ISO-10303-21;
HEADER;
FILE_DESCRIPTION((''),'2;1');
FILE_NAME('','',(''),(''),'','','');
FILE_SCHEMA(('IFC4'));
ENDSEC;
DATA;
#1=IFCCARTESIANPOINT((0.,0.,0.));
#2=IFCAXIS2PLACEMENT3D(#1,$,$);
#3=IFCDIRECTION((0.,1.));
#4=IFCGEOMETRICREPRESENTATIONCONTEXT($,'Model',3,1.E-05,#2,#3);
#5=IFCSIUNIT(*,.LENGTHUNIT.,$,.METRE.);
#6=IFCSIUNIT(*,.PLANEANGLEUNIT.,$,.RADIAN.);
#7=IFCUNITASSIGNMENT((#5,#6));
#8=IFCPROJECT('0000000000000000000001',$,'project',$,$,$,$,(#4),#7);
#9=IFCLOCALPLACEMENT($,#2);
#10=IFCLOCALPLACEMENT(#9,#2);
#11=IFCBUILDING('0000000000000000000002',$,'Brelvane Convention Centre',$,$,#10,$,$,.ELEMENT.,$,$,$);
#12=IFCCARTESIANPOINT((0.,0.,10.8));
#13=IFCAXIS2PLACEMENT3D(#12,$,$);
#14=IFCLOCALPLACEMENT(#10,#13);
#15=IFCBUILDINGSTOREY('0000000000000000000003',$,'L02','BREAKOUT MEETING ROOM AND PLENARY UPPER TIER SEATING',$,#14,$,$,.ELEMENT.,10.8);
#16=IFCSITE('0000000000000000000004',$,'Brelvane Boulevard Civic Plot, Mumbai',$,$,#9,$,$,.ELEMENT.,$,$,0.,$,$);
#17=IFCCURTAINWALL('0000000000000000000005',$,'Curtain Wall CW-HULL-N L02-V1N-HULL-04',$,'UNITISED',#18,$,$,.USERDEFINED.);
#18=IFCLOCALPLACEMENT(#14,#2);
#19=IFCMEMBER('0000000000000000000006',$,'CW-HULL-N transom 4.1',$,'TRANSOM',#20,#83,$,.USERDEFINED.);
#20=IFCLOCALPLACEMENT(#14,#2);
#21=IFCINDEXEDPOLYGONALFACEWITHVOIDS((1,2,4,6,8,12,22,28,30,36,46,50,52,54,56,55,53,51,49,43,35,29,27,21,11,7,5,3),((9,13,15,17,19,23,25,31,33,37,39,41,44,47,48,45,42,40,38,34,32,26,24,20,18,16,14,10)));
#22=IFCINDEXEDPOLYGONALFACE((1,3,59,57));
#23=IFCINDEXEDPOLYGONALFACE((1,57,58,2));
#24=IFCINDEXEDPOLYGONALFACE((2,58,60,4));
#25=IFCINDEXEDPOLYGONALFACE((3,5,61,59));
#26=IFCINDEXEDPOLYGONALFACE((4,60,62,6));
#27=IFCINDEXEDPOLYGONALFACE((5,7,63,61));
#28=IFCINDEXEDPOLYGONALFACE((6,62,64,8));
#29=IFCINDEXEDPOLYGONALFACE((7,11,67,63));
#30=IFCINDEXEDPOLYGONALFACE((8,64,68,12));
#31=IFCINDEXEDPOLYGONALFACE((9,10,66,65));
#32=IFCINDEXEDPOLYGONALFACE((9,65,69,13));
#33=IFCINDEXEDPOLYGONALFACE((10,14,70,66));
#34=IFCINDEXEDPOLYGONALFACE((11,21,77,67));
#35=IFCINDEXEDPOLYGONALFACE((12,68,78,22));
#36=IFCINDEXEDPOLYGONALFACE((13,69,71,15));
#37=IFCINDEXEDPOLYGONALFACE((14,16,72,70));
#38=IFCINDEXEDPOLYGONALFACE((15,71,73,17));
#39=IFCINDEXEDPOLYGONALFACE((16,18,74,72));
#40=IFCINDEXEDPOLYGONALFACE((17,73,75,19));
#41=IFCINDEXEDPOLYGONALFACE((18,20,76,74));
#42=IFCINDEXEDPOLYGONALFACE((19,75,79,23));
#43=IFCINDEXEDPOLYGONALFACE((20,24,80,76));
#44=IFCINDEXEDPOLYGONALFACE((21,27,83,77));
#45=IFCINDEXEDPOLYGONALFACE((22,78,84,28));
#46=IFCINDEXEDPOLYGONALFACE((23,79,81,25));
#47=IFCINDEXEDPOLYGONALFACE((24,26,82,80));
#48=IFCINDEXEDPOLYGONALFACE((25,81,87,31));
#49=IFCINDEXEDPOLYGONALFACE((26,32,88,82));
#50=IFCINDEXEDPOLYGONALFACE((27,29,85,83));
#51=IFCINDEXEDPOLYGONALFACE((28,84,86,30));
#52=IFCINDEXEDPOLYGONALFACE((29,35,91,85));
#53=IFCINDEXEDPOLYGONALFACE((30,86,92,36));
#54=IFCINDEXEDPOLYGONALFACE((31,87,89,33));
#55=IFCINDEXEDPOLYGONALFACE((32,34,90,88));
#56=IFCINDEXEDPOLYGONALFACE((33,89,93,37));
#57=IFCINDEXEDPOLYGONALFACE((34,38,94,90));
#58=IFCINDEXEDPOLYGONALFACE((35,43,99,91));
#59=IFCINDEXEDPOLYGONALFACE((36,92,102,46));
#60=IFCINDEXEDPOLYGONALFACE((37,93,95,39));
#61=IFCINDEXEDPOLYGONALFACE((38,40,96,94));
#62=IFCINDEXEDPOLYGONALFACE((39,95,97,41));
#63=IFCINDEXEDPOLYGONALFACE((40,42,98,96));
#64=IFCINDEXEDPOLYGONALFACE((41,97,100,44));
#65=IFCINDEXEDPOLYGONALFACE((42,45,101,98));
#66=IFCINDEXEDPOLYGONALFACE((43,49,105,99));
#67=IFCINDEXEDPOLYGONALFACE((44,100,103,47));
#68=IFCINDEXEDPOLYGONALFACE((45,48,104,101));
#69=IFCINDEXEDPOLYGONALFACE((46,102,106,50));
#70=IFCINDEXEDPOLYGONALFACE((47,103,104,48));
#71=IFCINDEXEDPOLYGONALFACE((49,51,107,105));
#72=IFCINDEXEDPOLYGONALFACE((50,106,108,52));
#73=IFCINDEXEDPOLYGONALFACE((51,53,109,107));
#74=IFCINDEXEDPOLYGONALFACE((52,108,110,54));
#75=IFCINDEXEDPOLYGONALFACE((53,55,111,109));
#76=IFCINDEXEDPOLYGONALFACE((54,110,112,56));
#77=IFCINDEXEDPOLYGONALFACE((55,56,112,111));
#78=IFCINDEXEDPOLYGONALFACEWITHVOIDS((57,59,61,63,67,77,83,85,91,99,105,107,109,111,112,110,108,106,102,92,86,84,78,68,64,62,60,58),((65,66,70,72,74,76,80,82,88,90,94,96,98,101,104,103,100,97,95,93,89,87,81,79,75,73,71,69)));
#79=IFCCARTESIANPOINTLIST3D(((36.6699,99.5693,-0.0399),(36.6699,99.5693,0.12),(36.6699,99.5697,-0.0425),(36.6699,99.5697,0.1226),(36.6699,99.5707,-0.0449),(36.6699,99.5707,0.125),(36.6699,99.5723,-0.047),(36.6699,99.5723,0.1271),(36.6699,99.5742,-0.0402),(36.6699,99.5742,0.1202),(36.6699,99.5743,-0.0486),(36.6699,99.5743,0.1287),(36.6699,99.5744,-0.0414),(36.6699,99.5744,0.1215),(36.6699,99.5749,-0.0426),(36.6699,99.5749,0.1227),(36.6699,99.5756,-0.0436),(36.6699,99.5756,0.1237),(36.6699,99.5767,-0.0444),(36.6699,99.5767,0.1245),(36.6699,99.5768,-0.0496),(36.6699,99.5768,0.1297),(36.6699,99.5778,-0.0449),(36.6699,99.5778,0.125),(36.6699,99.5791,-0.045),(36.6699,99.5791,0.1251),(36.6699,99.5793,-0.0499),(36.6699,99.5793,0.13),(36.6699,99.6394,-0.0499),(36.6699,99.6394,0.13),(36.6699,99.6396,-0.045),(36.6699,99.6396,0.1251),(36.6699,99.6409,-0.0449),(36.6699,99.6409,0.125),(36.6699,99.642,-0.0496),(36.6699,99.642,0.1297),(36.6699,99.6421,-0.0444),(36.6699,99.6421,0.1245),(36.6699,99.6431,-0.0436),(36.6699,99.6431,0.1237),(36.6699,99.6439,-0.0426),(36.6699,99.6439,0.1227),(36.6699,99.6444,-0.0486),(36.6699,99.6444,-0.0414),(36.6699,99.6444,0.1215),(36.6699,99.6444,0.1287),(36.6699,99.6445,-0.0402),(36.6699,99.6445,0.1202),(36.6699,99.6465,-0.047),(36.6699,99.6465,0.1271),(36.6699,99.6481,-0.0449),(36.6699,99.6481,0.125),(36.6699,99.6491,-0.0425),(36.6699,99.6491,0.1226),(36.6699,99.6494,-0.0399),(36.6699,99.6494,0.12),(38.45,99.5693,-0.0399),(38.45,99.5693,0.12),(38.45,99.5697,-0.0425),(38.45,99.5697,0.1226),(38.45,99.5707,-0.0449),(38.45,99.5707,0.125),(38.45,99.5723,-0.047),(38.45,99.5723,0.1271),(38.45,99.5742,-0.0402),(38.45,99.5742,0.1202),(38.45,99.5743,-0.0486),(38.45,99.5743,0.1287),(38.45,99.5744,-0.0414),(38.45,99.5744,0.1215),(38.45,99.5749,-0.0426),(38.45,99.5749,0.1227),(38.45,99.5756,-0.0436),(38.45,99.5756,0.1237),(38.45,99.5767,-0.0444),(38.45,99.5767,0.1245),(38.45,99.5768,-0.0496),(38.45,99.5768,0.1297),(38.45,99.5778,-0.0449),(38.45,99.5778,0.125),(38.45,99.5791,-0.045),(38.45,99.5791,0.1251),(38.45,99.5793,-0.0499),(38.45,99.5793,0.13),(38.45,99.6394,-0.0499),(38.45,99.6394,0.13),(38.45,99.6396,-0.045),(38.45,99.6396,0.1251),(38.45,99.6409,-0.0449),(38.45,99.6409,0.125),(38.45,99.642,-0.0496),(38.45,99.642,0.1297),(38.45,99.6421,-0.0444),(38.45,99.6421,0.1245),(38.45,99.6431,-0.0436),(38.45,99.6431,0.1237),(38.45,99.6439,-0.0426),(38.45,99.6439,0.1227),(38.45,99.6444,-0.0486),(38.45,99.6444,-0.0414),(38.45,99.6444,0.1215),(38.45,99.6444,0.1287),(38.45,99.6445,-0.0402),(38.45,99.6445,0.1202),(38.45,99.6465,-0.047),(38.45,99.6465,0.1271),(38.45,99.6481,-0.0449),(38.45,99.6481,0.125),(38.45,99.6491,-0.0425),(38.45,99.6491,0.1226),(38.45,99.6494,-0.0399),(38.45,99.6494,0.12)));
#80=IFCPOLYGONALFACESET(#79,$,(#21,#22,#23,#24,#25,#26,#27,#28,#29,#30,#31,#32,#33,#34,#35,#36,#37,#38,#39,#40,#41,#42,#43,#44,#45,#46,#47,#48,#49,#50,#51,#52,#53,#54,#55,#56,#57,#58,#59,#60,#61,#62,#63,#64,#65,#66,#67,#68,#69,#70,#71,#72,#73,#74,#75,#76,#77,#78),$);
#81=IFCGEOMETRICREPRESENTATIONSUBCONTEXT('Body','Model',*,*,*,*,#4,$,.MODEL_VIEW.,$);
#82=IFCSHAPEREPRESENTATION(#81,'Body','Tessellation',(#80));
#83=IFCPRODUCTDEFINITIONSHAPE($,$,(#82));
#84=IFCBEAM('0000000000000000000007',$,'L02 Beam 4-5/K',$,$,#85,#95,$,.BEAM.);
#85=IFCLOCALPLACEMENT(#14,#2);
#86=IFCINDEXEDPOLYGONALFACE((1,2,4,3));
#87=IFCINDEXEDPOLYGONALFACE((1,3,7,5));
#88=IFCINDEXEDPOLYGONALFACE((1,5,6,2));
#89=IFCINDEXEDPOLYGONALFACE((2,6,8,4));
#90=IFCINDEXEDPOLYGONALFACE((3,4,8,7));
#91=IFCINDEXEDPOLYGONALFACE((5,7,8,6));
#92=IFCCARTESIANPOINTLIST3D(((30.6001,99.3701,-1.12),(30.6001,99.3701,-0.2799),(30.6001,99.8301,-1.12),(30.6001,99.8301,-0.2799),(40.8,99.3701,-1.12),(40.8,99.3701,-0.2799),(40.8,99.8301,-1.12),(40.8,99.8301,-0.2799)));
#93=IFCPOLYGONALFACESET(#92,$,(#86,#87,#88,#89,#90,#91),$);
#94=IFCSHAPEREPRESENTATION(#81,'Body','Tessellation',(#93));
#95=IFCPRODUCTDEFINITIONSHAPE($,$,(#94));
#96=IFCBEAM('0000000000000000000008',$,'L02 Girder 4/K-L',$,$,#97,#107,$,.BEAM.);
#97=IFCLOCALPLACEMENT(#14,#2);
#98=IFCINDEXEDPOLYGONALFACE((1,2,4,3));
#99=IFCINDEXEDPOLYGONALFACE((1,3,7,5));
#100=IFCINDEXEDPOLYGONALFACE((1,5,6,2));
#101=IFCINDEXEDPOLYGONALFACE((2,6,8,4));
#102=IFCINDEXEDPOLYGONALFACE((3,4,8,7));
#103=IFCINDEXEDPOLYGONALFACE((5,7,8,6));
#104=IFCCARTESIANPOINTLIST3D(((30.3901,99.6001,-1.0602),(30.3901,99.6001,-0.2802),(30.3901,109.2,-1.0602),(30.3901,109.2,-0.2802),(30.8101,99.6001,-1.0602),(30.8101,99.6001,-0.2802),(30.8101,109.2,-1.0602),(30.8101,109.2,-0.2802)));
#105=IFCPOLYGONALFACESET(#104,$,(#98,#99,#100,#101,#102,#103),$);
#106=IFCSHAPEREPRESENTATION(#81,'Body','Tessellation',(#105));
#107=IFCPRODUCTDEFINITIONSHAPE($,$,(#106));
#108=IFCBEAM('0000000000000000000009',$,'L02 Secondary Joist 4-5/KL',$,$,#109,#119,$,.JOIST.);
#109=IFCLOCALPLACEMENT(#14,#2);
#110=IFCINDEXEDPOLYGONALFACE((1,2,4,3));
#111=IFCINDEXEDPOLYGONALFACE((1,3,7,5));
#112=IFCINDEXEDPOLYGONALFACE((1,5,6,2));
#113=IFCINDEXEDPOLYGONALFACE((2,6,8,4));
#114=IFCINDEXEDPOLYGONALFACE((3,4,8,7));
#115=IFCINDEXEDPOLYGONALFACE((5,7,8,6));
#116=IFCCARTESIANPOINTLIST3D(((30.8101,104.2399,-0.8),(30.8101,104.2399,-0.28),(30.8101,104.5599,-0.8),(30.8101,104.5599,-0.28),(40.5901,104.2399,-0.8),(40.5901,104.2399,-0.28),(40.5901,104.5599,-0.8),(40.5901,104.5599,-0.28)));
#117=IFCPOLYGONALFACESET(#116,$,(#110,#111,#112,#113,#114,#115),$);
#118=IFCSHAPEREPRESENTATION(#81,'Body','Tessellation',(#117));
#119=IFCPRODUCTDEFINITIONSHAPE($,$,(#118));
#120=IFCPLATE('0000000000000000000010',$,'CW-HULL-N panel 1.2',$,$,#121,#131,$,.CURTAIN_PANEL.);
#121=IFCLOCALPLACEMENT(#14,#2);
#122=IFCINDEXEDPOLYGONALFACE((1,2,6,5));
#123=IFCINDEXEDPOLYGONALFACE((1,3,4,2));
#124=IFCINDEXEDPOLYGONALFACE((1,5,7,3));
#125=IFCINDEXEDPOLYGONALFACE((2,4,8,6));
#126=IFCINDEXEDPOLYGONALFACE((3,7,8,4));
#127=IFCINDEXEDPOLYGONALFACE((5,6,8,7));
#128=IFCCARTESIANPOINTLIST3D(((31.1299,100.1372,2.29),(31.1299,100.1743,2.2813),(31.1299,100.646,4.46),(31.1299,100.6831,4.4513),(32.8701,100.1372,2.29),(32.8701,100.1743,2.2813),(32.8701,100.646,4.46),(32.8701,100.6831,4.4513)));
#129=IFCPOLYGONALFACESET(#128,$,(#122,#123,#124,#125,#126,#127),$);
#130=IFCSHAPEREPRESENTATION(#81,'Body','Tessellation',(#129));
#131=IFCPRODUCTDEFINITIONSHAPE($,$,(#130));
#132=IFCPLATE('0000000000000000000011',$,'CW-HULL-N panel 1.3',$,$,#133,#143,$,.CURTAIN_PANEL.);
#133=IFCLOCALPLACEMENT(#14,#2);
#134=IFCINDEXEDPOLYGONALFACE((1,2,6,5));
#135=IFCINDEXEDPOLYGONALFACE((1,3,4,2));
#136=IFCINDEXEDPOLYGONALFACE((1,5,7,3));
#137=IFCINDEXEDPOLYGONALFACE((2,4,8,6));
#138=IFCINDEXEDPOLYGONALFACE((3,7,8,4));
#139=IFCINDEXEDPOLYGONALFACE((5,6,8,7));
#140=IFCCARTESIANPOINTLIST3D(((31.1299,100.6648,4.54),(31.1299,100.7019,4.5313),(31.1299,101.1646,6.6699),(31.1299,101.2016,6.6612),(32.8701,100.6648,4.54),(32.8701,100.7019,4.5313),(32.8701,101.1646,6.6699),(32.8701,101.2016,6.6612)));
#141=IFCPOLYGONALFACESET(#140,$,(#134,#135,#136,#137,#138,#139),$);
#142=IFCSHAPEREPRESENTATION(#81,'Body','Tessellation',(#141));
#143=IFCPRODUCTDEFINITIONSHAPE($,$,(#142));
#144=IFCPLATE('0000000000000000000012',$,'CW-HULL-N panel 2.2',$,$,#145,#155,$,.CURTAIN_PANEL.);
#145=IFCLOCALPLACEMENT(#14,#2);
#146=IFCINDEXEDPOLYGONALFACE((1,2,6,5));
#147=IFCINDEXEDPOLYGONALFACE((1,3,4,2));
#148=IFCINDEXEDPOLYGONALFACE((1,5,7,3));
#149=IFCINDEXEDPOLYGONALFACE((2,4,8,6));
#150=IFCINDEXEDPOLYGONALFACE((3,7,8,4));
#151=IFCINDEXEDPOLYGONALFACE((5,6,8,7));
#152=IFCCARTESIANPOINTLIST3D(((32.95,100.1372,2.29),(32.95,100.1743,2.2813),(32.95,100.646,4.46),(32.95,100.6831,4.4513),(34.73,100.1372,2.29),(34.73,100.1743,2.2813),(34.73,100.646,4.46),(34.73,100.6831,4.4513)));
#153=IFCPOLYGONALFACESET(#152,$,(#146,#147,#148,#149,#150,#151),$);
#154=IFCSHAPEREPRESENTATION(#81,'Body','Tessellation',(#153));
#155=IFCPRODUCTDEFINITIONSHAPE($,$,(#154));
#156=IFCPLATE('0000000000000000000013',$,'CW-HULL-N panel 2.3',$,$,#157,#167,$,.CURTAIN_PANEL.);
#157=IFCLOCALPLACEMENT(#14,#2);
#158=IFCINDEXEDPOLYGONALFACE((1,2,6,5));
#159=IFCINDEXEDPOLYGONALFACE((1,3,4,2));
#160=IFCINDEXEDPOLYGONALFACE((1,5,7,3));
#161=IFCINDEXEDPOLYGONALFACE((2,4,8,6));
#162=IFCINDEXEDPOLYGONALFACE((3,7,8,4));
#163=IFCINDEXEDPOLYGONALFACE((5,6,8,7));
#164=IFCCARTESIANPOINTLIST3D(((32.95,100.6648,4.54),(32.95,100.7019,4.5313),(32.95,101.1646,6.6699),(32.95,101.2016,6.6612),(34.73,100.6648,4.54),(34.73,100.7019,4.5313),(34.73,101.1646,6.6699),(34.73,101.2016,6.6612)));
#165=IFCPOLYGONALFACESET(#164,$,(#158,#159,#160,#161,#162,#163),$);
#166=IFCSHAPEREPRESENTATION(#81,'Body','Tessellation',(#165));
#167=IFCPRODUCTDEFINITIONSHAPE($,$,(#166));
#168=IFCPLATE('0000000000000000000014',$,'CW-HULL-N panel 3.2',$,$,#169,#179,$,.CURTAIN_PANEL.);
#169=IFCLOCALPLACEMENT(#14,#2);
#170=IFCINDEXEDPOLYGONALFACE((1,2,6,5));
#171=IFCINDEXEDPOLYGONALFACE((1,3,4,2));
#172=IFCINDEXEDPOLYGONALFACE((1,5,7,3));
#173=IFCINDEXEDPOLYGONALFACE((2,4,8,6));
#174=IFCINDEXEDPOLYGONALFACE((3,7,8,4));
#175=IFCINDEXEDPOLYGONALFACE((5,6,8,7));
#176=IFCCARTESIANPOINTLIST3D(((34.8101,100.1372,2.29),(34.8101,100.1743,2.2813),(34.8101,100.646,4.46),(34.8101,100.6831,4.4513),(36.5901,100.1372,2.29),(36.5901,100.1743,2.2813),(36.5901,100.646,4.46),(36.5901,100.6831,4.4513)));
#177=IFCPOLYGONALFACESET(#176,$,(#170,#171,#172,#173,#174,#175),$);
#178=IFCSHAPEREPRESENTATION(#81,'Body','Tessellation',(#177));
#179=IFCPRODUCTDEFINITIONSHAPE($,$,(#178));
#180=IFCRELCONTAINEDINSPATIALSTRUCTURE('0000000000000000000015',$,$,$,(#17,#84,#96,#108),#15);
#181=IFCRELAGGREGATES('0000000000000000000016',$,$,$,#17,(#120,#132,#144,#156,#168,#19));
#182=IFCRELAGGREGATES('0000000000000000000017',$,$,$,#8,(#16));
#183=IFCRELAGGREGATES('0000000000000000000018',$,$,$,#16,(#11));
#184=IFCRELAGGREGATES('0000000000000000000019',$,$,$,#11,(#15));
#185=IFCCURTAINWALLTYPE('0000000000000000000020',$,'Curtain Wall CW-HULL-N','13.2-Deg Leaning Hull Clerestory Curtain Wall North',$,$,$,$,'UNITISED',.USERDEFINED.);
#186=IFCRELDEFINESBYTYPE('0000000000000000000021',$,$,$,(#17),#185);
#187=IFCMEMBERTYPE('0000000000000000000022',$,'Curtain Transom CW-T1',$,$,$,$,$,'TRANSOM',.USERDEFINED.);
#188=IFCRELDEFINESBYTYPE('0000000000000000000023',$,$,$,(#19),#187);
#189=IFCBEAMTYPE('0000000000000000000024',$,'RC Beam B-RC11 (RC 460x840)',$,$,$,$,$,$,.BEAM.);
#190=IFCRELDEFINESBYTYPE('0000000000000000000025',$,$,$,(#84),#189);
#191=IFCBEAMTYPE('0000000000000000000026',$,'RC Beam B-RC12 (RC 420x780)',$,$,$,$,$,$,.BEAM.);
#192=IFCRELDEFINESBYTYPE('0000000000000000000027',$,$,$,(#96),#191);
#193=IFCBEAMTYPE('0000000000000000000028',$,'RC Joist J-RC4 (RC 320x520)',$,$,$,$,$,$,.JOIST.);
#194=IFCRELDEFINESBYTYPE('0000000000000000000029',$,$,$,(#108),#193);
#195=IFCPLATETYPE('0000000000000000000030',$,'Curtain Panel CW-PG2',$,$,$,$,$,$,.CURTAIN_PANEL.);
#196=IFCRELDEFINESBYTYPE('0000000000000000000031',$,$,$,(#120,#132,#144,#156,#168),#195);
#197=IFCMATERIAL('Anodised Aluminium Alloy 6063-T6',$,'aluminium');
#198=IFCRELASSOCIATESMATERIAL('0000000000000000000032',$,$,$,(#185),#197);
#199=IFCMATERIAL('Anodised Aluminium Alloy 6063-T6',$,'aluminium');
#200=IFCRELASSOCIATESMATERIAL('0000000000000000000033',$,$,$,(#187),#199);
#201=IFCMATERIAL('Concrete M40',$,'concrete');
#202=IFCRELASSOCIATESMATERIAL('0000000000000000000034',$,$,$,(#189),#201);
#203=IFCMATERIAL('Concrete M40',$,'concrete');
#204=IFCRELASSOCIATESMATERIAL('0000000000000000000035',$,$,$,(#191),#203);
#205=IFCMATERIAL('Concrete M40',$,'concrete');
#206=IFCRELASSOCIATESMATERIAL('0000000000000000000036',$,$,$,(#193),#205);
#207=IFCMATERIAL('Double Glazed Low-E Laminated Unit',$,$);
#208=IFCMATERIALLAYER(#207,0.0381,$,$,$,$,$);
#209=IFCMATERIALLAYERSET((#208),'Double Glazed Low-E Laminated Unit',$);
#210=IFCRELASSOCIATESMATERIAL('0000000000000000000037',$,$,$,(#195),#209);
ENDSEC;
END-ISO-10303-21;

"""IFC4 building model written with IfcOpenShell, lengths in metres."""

from ifc_helpers import new_model, si_unit, direction, frame, origin, origin_2d, place, context, subcontext, project, spatial, polyline, rectangle, hollow_rectangle, outline, extrude, material, layer, layer_set, material_profile, profile_set, type_object, element, aggregate, save


model = new_model("IFC4")

# Units and contexts
model_context = context("Model", 3, precision=1e-05, world=origin(), true_north=direction((0.0, 1.0)))
body_context = subcontext(model_context, "Body", "Model", "MODEL_VIEW")
ifc_project = project(units=[si_unit("LENGTHUNIT", "METRE"), si_unit("PLANEANGLEUNIT", "RADIAN")], contexts=[model_context])

# Site, building, storey
site_placement = place(None, origin())
site = spatial("IfcSite", under=ifc_project, at=site_placement, Name="Brelvane Boulevard Civic Plot, Mumbai", CompositionType="ELEMENT", RefElevation=0.0)
building_placement = place(site_placement, origin())
building = spatial("IfcBuilding", under=site, at=building_placement, Name="Brelvane Convention Centre", CompositionType="ELEMENT")
storey_placement = place(building_placement, frame((0.0, 0.0, 10.8)))
storey = spatial("IfcBuildingStorey", under=building, at=storey_placement, Name="L02", Description="BREAKOUT MEETING ROOM AND PLENARY UPPER TIER SEATING", CompositionType="ELEMENT", Elevation=10.8)

# Curtain wall, member
ifc_material_1 = material(Name="Anodised Aluminium Alloy 6063-T6", Category="aluminium")
curtain_wall_type = type_object("IfcCurtainWallType", Name="Curtain Wall CW-HULL-N", Description="13.2-Deg Leaning Hull Clerestory Curtain Wall North", ElementType="UNITISED", PredefinedType="USERDEFINED", material=ifc_material_1)
curtain_wall_placement = place(storey_placement, origin())
curtain_wall = element("IfcCurtainWall", 1, at=curtain_wall_placement, inside=storey, type_object=curtain_wall_type, Name="Curtain Wall CW-HULL-N L02-V1N-HULL-04", ObjectType="UNITISED", PredefinedType="USERDEFINED")
ifc_material_2 = material(Name="Anodised Aluminium Alloy 6063-T6", Category="aluminium")
ifc_material_profile_1 = material_profile(ifc_material_2, hollow_rectangle(XDim=0.0801, YDim=0.1799, WallThickness=0.0049, InnerFilletRadius=0.0049, OuterFilletRadius=0.01, at=origin_2d()), Name="ALU-T 180x80x5.0")
ifc_profile_set_1 = profile_set([ifc_material_profile_1], Name="Anodised Aluminium Alloy 6063-T6")
member_type_1 = type_object("IfcMemberType", Name="Curtain Transom CW-T1", ElementType="TRANSOM", PredefinedType="USERDEFINED", material=ifc_profile_set_1)
member_1_placement = place(storey_placement, frame((36.6699, 99.6094, 0.04), z_axis=(1.0, 0.0, 0.0), x_axis=(0.0, 1.0, 0.0)))
member_1 = element("IfcMember", 2, at=member_1_placement, type_object=member_type_1, Name="CW-HULL-N transom 4.1", ObjectType="TRANSOM", PredefinedType="USERDEFINED", context=body_context, shape_type="SweptSolid", body=[
    extrude(hollow_rectangle(XDim=0.0801, YDim=0.1799, WallThickness=0.0049, InnerFilletRadius=0.0049, OuterFilletRadius=0.01, at=origin_2d()), origin(), (0.0, 0.0, 1.0), 1.78),
])

# Beams
ifc_material_3 = material(Name="Concrete M40", Category="concrete")
ifc_material_profile_2 = material_profile(ifc_material_3, rectangle(XDim=0.46, YDim=0.8401, at=origin_2d()), Name="RC 460x840")
ifc_profile_set_2 = profile_set([ifc_material_profile_2], Name="Concrete M40")
beam_type_1 = type_object("IfcBeamType", Name="RC Beam B-RC11 (RC 460x840)", PredefinedType="BEAM", material=ifc_profile_set_2)
beam_1_placement = place(storey_placement, frame((30.6001, 99.6001, -0.7), z_axis=(1.0, 0.0, 0.0), x_axis=(0.0, 1.0, 0.0)))
element("IfcBeam", 3, at=beam_1_placement, inside=storey, type_object=beam_type_1, Name="L02 Beam 4-5/K", PredefinedType="BEAM", context=body_context, shape_type="SweptSolid", body=[
    extrude(rectangle(XDim=0.46, YDim=0.8401, at=origin_2d()), origin(), (0.0, 0.0, 1.0), 10.2),
])
ifc_material_4 = material(Name="Concrete M40", Category="concrete")
ifc_material_profile_3 = material_profile(ifc_material_4, rectangle(XDim=0.4199, YDim=0.78, at=origin_2d()), Name="RC 420x780")
ifc_profile_set_3 = profile_set([ifc_material_profile_3], Name="Concrete M40")
beam_type_2 = type_object("IfcBeamType", Name="RC Beam B-RC12 (RC 420x780)", PredefinedType="BEAM", material=ifc_profile_set_3)
beam_2_placement = place(storey_placement, frame((30.6001, 99.6001, -0.6702), z_axis=(0.0, 1.0, 0.0), x_axis=(-1.0, 0.0, 0.0)))
element("IfcBeam", 4, at=beam_2_placement, inside=storey, type_object=beam_type_2, Name="L02 Girder 4/K-L", PredefinedType="BEAM", context=body_context, shape_type="SweptSolid", body=[
    extrude(rectangle(XDim=0.4199, YDim=0.78, at=origin_2d()), origin(), (0.0, 0.0, 1.0), 9.5999),
])
ifc_material_5 = material(Name="Concrete M40", Category="concrete")
ifc_material_profile_4 = material_profile(ifc_material_5, rectangle(XDim=0.3201, YDim=0.52, at=origin_2d()), Name="RC 320x520")
ifc_profile_set_4 = profile_set([ifc_material_profile_4], Name="Concrete M40")
beam_type_3 = type_object("IfcBeamType", Name="RC Joist J-RC4 (RC 320x520)", PredefinedType="JOIST", material=ifc_profile_set_4)
beam_3_placement = place(storey_placement, frame((30.8101, 104.3999, -0.54), z_axis=(1.0, 0.0, 0.0), x_axis=(0.0, 1.0, 0.0)))
element("IfcBeam", 5, at=beam_3_placement, inside=storey, type_object=beam_type_3, Name="L02 Secondary Joist 4-5/KL", PredefinedType="JOIST", context=body_context, shape_type="SweptSolid", body=[
    extrude(rectangle(XDim=0.3201, YDim=0.52, at=origin_2d()), origin(), (0.0, 0.0, 1.0), 9.78),
])

# Plates
ifc_material_6 = material(Name="Double Glazed Low-E Laminated Unit")
ifc_layer_1 = layer(ifc_material_6, 0.0381)
ifc_layer_set_1 = layer_set([ifc_layer_1], Name="Double Glazed Low-E Laminated Unit")
plate_type_1 = type_object("IfcPlateType", Name="Curtain Panel CW-PG2", PredefinedType="CURTAIN_PANEL", material=ifc_layer_set_1)
plate_1_placement = place(storey_placement, frame((31.1299, 100.1372, 2.29), z_axis=(0.0, -0.973595, 0.228282), x_axis=(1.0, 0.0, 0.0)))
plate_1 = element("IfcPlate", 6, at=plate_1_placement, type_object=plate_type_1, Name="CW-HULL-N panel 1.2", PredefinedType="CURTAIN_PANEL", context=body_context, shape_type="SweptSolid", body=[
    extrude(outline(polyline([(0.0, 0.0), (1.7402, 0.0), (1.7402, 2.2288), (0.0, 2.2288), (0.0, 0.0)])), origin(), (0.0, 0.0, -1.0), 0.0381),
])
plate_2_placement = place(storey_placement, frame((31.1299, 100.6648, 4.54), z_axis=(0.0, -0.973559, 0.228436), x_axis=(1.0, 0.0, 0.0)))
plate_2 = element("IfcPlate", 7, at=plate_2_placement, type_object=plate_type_1, Name="CW-HULL-N panel 1.3", PredefinedType="CURTAIN_PANEL", context=body_context, shape_type="SweptSolid", body=[
    extrude(outline(polyline([(0.0, 0.0), (1.7402, 0.0), (1.7402, 2.1877), (0.0, 2.1877), (0.0, 0.0)])), origin(), (0.0, 0.0, -1.0), 0.0381),
])
plate_3_placement = place(storey_placement, frame((32.95, 100.1372, 2.29), z_axis=(0.0, -0.973595, 0.228282), x_axis=(1.0, 0.0, 0.0)))
plate_3 = element("IfcPlate", 8, at=plate_3_placement, type_object=plate_type_1, Name="CW-HULL-N panel 2.2", PredefinedType="CURTAIN_PANEL", context=body_context, shape_type="SweptSolid", body=[
    extrude(outline(polyline([(0.0, 0.0), (1.78, 0.0), (1.78, 2.2288), (0.0, 2.2288), (0.0, 0.0)])), origin(), (0.0, 0.0, -1.0), 0.0381),
])
plate_4_placement = place(storey_placement, frame((32.95, 100.6648, 4.54), z_axis=(0.0, -0.973559, 0.228436), x_axis=(1.0, 0.0, 0.0)))
plate_4 = element("IfcPlate", 9, at=plate_4_placement, type_object=plate_type_1, Name="CW-HULL-N panel 2.3", PredefinedType="CURTAIN_PANEL", context=body_context, shape_type="SweptSolid", body=[
    extrude(outline(polyline([(0.0, 0.0), (1.78, 0.0), (1.78, 2.1877), (0.0, 2.1877), (0.0, 0.0)])), origin(), (0.0, 0.0, -1.0), 0.0381),
])
plate_5_placement = place(storey_placement, frame((34.8101, 100.1372, 2.29), z_axis=(0.0, -0.973595, 0.228282), x_axis=(1.0, 0.0, 0.0)))
plate_5 = element("IfcPlate", 10, at=plate_5_placement, type_object=plate_type_1, Name="CW-HULL-N panel 3.2", PredefinedType="CURTAIN_PANEL", context=body_context, shape_type="SweptSolid", body=[
    extrude(outline(polyline([(0.0, 0.0), (1.78, 0.0), (1.78, 2.2288), (0.0, 2.2288), (0.0, 0.0)])), origin(), (0.0, 0.0, -1.0), 0.0381),
])
aggregate(curtain_wall, [plate_1, plate_2, plate_3, plate_4, plate_5, member_1])

save(model, "model.ifc")
